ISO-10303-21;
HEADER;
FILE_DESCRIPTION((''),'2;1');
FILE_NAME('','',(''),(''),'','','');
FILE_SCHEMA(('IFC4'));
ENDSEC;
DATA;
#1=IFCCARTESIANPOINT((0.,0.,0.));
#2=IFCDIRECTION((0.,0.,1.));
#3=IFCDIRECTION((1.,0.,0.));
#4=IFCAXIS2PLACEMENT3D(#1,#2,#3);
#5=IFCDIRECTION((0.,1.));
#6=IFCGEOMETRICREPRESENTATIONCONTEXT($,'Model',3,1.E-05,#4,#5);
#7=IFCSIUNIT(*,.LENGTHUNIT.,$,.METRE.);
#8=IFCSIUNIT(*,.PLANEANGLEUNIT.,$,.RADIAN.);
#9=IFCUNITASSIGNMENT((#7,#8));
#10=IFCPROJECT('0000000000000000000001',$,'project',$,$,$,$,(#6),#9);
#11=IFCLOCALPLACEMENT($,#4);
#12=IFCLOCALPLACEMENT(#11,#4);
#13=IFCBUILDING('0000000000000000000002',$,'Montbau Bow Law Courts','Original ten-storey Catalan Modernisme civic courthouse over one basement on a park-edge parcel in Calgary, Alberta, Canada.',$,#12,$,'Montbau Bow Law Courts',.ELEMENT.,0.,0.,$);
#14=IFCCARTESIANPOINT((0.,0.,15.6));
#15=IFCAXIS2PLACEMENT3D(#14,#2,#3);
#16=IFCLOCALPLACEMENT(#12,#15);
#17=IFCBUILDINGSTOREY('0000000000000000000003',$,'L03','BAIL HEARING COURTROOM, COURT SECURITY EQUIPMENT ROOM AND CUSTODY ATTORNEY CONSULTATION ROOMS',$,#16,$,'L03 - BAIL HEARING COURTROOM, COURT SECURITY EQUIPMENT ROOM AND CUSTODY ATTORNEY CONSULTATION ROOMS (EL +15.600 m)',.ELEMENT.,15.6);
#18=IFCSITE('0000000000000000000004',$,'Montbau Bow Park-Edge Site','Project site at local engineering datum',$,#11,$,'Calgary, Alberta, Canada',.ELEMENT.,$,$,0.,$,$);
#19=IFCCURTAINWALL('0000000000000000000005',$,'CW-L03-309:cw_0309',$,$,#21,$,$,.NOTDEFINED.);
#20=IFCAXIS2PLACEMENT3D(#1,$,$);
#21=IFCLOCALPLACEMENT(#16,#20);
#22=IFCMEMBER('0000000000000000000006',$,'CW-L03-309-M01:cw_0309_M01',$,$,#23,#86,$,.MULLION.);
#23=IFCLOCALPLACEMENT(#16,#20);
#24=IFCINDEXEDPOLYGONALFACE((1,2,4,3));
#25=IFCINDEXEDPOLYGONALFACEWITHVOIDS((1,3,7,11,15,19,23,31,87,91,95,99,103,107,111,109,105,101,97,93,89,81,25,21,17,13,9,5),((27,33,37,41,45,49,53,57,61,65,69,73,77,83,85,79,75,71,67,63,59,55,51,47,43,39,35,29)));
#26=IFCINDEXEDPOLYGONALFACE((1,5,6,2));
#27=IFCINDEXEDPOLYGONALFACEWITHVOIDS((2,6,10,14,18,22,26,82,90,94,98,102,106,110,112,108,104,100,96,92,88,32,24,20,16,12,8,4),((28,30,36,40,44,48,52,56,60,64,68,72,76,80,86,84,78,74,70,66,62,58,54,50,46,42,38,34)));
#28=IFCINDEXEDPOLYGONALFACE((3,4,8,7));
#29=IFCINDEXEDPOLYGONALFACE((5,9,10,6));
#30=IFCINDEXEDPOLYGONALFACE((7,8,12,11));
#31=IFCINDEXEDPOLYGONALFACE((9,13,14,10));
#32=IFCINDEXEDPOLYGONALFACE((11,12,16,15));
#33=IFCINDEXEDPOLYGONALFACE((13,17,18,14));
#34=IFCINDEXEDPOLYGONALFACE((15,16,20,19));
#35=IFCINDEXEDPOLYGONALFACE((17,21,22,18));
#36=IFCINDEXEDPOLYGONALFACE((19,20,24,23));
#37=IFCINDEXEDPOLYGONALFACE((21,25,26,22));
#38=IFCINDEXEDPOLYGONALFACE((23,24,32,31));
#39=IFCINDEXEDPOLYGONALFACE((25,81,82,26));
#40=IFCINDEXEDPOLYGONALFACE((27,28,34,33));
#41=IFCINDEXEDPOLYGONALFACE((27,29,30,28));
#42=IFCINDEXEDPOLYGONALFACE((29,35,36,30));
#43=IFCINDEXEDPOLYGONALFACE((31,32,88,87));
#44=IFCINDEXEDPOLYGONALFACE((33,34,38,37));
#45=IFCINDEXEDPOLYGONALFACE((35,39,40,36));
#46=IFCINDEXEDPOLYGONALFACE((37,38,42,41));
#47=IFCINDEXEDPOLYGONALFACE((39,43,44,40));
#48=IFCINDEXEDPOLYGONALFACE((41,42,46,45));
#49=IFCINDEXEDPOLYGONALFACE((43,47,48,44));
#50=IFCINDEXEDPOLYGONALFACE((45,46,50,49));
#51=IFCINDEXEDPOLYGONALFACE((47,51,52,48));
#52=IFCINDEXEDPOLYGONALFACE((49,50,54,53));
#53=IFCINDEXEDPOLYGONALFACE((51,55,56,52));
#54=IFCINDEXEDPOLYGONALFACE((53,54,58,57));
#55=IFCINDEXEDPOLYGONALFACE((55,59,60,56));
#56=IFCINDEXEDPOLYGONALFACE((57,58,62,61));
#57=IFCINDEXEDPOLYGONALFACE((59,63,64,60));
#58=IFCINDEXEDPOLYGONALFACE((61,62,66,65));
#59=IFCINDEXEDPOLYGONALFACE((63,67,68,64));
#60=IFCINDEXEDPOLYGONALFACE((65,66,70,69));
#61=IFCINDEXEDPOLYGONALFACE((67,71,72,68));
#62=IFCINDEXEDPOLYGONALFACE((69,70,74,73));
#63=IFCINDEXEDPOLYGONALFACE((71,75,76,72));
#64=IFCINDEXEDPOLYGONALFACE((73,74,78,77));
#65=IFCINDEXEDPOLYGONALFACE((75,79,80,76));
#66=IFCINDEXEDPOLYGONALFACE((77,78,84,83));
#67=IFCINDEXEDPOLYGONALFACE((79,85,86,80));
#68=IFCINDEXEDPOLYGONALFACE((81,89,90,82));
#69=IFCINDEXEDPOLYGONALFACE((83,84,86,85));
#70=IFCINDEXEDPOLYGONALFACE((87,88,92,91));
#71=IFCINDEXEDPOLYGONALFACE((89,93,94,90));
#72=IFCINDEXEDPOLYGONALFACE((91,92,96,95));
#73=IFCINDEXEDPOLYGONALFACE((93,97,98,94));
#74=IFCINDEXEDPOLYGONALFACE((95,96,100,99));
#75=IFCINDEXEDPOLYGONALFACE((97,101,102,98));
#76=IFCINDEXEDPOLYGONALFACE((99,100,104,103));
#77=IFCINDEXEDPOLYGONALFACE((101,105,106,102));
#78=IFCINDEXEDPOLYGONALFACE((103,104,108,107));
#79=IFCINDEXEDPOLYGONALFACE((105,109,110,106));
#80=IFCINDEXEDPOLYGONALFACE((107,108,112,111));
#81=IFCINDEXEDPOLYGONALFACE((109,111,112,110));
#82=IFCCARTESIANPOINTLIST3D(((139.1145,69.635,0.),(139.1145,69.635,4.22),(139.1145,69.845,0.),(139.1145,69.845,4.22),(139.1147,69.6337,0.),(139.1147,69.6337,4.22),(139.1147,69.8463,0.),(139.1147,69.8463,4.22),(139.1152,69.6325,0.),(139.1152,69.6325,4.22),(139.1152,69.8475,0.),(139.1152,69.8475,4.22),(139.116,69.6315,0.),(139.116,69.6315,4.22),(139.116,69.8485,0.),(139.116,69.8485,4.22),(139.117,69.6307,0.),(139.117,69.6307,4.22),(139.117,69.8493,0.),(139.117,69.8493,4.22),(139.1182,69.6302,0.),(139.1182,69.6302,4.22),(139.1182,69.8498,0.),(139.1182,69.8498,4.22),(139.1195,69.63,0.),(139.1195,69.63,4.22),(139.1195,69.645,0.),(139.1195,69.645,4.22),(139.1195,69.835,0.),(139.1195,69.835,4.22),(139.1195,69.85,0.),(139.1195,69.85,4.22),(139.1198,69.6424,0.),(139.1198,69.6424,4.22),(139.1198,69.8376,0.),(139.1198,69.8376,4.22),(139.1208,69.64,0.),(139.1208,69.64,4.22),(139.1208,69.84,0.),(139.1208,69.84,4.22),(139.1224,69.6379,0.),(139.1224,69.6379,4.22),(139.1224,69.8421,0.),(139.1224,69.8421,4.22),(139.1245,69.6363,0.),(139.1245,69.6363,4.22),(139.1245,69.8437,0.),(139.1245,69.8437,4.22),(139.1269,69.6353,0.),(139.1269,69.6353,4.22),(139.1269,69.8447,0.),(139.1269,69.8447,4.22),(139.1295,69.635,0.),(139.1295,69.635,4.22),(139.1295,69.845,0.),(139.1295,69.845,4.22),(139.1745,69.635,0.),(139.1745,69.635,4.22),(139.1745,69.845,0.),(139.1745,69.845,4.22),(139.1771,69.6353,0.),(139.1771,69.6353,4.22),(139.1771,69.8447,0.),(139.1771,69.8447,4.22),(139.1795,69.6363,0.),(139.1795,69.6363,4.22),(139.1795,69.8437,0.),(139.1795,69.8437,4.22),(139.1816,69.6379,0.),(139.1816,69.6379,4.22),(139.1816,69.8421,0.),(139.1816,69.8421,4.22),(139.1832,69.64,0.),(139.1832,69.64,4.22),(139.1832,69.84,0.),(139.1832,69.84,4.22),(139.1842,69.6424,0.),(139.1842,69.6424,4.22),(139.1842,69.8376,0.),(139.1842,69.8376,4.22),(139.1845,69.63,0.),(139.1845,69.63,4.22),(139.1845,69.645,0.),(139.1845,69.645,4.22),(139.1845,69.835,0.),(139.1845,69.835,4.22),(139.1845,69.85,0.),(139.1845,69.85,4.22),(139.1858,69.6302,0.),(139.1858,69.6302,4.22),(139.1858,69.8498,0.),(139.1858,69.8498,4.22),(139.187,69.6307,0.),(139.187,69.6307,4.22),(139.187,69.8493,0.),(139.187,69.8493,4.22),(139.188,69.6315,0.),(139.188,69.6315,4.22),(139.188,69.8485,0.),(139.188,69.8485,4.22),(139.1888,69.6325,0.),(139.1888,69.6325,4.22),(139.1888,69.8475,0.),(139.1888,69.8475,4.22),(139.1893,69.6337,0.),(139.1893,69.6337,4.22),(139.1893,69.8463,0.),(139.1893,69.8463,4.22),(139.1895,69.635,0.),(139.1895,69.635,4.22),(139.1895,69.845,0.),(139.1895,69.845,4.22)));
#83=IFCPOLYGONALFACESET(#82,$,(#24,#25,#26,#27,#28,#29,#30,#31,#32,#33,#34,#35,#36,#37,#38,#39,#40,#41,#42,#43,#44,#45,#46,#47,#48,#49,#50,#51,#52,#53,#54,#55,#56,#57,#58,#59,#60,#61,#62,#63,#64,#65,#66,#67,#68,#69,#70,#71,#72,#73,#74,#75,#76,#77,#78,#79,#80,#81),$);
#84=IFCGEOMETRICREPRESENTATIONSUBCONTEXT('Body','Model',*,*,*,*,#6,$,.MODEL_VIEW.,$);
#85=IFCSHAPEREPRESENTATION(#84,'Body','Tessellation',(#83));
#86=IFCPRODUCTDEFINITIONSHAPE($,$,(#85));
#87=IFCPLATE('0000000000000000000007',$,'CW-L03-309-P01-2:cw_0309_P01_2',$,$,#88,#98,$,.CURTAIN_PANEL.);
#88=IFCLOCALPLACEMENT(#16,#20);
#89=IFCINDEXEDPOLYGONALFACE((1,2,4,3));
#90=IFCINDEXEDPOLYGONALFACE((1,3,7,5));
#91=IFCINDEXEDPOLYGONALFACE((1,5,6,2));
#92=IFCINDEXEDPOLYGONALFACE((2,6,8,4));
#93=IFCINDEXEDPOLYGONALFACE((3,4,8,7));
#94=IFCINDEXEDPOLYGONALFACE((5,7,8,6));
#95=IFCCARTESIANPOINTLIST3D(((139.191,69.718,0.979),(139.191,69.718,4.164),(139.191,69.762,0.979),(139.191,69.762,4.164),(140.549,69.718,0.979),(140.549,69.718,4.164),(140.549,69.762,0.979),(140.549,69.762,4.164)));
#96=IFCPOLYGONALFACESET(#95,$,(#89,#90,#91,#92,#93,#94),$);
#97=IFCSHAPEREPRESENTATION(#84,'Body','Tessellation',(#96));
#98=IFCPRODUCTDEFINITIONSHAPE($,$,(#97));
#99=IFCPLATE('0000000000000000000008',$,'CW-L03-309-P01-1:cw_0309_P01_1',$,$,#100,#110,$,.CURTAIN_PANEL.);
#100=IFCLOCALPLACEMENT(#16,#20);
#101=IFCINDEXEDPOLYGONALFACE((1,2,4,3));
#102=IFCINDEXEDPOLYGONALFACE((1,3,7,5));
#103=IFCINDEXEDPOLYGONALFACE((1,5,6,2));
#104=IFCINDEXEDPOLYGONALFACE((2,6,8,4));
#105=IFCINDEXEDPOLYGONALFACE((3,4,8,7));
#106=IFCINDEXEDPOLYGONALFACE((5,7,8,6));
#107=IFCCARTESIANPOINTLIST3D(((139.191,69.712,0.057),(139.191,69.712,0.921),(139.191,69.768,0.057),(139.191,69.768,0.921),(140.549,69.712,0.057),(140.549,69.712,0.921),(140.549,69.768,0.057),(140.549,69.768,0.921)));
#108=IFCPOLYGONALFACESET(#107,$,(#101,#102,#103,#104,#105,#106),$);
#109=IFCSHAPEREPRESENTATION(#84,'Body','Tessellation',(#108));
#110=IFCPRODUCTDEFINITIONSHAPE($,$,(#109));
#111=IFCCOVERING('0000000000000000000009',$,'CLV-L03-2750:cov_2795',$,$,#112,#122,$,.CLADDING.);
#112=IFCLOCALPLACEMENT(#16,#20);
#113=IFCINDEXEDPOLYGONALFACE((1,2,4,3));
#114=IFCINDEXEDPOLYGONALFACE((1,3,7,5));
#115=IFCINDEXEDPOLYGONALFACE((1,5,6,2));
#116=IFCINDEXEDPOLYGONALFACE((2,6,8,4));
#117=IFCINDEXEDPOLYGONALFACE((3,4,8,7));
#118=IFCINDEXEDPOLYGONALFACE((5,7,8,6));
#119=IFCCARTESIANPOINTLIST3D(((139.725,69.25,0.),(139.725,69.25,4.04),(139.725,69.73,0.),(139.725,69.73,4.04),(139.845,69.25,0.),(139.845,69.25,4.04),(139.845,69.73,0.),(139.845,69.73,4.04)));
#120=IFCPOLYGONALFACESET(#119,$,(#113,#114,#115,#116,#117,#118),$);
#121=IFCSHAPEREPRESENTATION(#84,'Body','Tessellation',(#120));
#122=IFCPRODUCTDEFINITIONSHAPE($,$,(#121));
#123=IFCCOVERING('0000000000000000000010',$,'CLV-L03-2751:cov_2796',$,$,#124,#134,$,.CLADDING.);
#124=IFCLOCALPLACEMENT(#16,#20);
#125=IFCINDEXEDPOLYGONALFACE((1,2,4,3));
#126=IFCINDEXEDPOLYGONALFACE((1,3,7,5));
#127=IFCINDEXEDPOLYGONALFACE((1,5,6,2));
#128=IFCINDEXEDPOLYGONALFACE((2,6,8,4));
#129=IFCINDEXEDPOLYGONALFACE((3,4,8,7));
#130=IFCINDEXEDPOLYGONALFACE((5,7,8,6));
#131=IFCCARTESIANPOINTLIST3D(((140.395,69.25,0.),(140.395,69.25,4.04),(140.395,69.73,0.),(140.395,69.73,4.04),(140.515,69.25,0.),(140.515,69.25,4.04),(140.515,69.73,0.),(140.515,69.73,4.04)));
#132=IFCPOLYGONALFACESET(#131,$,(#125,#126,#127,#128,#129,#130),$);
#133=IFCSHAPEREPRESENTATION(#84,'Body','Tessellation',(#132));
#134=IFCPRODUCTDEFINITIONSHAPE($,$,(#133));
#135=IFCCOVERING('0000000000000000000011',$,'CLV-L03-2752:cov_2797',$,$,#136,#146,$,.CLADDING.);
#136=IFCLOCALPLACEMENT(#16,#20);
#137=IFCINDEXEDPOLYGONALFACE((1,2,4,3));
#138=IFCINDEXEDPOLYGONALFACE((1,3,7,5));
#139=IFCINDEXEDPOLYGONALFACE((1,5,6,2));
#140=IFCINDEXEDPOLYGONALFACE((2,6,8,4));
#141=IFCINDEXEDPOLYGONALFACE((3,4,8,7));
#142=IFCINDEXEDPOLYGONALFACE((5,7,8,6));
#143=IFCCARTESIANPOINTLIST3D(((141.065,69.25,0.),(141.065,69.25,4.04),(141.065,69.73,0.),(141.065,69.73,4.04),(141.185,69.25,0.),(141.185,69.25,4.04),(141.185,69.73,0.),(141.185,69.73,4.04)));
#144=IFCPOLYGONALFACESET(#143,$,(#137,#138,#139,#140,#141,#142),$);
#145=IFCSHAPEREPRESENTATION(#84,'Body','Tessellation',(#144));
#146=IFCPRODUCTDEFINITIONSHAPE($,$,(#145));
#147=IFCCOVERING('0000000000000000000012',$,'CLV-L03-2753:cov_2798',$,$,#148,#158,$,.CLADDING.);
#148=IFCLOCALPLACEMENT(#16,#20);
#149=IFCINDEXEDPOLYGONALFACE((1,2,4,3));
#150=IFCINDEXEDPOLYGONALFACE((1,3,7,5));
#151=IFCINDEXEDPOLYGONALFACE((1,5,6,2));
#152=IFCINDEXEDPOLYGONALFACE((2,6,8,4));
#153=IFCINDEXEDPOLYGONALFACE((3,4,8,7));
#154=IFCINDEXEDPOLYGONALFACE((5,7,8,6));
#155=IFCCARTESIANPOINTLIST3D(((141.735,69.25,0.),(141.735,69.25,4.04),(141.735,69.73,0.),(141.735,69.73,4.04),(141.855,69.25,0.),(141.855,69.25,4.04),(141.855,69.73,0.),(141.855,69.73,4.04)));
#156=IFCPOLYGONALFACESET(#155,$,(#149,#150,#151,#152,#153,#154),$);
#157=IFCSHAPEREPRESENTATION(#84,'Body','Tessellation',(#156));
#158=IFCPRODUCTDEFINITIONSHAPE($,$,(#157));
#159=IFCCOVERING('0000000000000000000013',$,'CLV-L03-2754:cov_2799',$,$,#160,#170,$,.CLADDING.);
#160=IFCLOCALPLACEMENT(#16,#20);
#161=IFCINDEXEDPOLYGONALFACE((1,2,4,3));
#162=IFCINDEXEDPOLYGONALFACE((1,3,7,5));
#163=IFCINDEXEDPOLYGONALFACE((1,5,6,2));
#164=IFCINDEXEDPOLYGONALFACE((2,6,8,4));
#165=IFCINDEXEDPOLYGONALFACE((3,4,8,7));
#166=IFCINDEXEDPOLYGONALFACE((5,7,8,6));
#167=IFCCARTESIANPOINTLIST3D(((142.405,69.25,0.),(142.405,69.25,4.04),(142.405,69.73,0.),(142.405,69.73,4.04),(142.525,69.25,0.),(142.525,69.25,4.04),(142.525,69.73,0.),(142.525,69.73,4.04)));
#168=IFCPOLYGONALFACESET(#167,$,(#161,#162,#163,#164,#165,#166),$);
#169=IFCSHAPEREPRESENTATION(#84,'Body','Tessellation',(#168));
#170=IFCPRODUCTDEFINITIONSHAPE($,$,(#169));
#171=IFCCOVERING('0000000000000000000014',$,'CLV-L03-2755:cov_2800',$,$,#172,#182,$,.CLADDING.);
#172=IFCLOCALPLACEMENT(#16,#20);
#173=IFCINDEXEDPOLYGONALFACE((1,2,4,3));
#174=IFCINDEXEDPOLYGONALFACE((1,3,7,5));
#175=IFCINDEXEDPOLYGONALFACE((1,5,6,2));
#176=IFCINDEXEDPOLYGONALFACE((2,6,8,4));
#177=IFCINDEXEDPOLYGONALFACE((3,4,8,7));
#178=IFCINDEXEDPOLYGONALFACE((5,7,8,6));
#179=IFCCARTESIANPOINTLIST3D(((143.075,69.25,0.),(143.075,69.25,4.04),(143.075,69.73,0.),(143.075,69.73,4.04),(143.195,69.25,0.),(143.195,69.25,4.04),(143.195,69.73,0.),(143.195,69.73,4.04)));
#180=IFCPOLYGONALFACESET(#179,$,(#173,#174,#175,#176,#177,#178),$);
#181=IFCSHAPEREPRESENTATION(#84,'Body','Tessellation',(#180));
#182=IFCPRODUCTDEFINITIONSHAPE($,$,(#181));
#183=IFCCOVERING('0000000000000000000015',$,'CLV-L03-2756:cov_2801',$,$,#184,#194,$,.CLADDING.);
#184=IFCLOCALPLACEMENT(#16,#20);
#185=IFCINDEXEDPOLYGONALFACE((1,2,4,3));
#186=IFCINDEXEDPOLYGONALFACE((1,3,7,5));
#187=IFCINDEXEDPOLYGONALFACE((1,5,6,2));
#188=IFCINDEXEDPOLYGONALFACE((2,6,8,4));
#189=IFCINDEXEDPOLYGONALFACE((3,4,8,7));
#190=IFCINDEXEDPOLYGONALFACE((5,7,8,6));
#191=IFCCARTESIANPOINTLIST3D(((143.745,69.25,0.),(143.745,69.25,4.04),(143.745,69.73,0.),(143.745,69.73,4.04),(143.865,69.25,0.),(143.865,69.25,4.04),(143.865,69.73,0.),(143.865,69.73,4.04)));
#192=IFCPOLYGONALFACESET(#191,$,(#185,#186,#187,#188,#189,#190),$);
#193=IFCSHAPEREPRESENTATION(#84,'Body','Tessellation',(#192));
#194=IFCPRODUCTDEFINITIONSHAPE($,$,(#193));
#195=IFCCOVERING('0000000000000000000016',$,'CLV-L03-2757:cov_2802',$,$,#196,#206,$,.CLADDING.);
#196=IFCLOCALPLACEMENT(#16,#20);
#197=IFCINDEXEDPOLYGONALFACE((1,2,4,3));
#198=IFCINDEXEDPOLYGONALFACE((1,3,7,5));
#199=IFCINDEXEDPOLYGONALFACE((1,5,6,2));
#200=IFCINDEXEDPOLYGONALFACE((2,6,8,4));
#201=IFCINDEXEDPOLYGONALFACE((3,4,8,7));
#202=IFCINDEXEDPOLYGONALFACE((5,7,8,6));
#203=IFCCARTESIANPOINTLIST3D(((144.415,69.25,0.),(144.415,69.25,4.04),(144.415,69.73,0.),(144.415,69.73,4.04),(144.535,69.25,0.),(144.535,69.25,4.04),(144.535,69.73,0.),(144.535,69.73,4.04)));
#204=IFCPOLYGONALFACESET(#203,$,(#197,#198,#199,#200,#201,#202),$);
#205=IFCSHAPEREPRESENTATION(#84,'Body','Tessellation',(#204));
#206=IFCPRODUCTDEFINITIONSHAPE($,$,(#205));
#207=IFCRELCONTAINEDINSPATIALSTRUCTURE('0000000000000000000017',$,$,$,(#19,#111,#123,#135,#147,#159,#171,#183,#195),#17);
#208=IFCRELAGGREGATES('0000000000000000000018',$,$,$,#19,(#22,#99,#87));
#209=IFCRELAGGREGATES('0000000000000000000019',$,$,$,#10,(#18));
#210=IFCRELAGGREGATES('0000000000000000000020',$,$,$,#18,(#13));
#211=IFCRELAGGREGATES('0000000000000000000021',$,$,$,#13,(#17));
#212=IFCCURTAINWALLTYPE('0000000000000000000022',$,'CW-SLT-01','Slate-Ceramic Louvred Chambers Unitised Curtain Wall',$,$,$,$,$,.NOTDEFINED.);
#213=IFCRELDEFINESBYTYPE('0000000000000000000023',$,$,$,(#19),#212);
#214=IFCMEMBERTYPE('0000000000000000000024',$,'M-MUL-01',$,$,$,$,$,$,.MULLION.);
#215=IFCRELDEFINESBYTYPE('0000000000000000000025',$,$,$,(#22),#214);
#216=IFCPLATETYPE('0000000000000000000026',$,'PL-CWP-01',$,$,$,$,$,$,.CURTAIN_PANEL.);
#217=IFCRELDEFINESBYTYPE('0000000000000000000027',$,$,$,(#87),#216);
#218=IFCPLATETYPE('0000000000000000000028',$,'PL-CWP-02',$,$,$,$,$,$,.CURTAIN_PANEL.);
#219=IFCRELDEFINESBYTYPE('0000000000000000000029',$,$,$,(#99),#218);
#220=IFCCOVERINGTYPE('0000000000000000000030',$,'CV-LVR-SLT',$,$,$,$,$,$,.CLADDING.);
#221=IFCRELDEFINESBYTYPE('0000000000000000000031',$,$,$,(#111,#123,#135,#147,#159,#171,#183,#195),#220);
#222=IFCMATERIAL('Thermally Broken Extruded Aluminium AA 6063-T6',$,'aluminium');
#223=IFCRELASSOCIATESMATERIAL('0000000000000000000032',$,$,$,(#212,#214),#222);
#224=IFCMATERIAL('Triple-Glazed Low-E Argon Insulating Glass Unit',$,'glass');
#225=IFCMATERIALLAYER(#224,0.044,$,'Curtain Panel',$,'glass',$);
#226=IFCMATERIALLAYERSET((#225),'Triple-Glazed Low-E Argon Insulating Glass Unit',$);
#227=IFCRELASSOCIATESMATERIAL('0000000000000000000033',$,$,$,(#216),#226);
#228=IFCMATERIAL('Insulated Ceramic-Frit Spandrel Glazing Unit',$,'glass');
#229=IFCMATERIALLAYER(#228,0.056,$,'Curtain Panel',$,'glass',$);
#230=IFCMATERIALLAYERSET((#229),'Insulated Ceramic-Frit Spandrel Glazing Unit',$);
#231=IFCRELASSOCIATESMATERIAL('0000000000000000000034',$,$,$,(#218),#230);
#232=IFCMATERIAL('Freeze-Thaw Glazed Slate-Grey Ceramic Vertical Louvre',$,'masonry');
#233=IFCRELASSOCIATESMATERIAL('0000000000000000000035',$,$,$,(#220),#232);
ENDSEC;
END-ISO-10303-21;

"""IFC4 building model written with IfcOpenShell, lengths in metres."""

from ifc_helpers import new_model, si_unit, direction, frame, frame_2d, origin_with_axes, origin_2d_with_axis, place, context, subcontext, project, spatial, rectangle, hollow_rectangle, extrude, material, layer, layer_set, material_profile, profile_set, type_object, element, aggregate, save


model = new_model("IFC4")

# Units and contexts
model_context = context("Model", 3, precision=1e-05, world=origin_with_axes(), true_north=direction((0.0, 1.0)))
body_context = subcontext(model_context, "Body", "Model", "MODEL_VIEW")
ifc_project = project(units=[si_unit("LENGTHUNIT", "METRE"), si_unit("PLANEANGLEUNIT", "RADIAN")], contexts=[model_context])

# Site, building, storey
site_placement = place(None, origin_with_axes())
site = spatial("IfcSite", under=ifc_project, at=site_placement, Name="Montbau Bow Park-Edge Site", Description="Project site at local engineering datum", LongName="Calgary, Alberta, Canada", CompositionType="ELEMENT", RefElevation=0.0)
building_placement = place(site_placement, origin_with_axes())
building = spatial("IfcBuilding", under=site, at=building_placement, Name="Montbau Bow Law Courts", Description="Original ten-storey Catalan Modernisme civic courthouse over one basement on a park-edge parcel in Calgary, Alberta, Canada.", LongName="Montbau Bow Law Courts", CompositionType="ELEMENT", ElevationOfRefHeight=0.0, ElevationOfTerrain=0.0)
storey_placement = place(building_placement, frame((0.0, 0.0, 15.6), z_axis=(0.0, 0.0, 1.0), x_axis=(1.0, 0.0, 0.0)))
storey = spatial("IfcBuildingStorey", under=building, at=storey_placement, Name="L03", Description="BAIL HEARING COURTROOM, COURT SECURITY EQUIPMENT ROOM AND CUSTODY ATTORNEY CONSULTATION ROOMS", LongName="L03 - BAIL HEARING COURTROOM, COURT SECURITY EQUIPMENT ROOM AND CUSTODY ATTORNEY CONSULTATION ROOMS (EL +15.600 m)", CompositionType="ELEMENT", Elevation=15.6)

# Curtain wall, member, plates
ifc_material_1 = material(Name="Thermally Broken Extruded Aluminium AA 6063-T6", Category="aluminium")
curtain_wall_type = type_object("IfcCurtainWallType", Name="CW-SLT-01", Description="Slate-Ceramic Louvred Chambers Unitised Curtain Wall", PredefinedType="NOTDEFINED", material=ifc_material_1)
curtain_wall_placement = place(None, frame((139.115, 69.74, 15.6), z_axis=(0.0, 0.0, 1.0), x_axis=(1.0, 0.0, 0.0)))
curtain_wall = element("IfcCurtainWall", 1, at=curtain_wall_placement, inside=storey, type_object=curtain_wall_type, Name="CW-L03-309:cw_0309", PredefinedType="NOTDEFINED")
ifc_material_profile_1 = material_profile(ifc_material_1, hollow_rectangle(XDim=0.075, YDim=0.22, WallThickness=0.005, InnerFilletRadius=0.01, OuterFilletRadius=0.005, at=origin_2d_with_axis()), Name="CWM-220X75", Category="Main", Priority=0)
ifc_profile_set_1 = profile_set([ifc_material_profile_1], Name="Thermally Broken Extruded Aluminium AA 6063-T6")
member_type = type_object("IfcMemberType", Name="M-MUL-01", PredefinedType="MULLION", material=ifc_profile_set_1)
member_placement = place(None, frame((139.152, 69.74, 15.6), z_axis=(0.0, 0.0, 1.0), x_axis=(1.0, 0.0, 0.0)))
member = element("IfcMember", 2, at=member_placement, type_object=member_type, Name="CW-L03-309-M01:cw_0309_M01", PredefinedType="MULLION", context=body_context, shape_type="SweptSolid", body=[
    extrude(hollow_rectangle(XDim=0.075, YDim=0.22, WallThickness=0.005, InnerFilletRadius=0.01, OuterFilletRadius=0.005, at=origin_2d_with_axis()), origin_with_axes(), (0.0, 0.0, 1.0), 4.22),
])
ifc_material_2 = material(Name="Triple-Glazed Low-E Argon Insulating Glass Unit", Category="glass")
ifc_layer_1 = layer(ifc_material_2, 0.044, Name="Curtain Panel", Category="glass")
ifc_layer_set_1 = layer_set([ifc_layer_1], Name="Triple-Glazed Low-E Argon Insulating Glass Unit")
plate_type_1 = type_object("IfcPlateType", Name="PL-CWP-01", PredefinedType="CURTAIN_PANEL", material=ifc_layer_set_1)
plate_1_placement = place(None, frame((139.191, 69.74, 16.579), z_axis=(0.0, -1.0, 0.0), x_axis=(1.0, 0.0, 0.0)))
plate_1 = element("IfcPlate", 3, at=plate_1_placement, type_object=plate_type_1, Name="CW-L03-309-P01-2:cw_0309_P01_2", PredefinedType="CURTAIN_PANEL", context=body_context, shape_type="SweptSolid", body=[
    extrude(rectangle(XDim=1.358, YDim=3.185, at=frame_2d((0.679, 1.5925), x_axis=(1.0, 0.0))), frame((0.0, 0.0, -0.022), z_axis=(0.0, 0.0, 1.0), x_axis=(1.0, 0.0, 0.0)), (0.0, 0.0, 1.0), 0.044),
])
ifc_material_3 = material(Name="Insulated Ceramic-Frit Spandrel Glazing Unit", Category="glass")
ifc_layer_2 = layer(ifc_material_3, 0.056, Name="Curtain Panel", Category="glass")
ifc_layer_set_2 = layer_set([ifc_layer_2], Name="Insulated Ceramic-Frit Spandrel Glazing Unit")
plate_type_2 = type_object("IfcPlateType", Name="PL-CWP-02", PredefinedType="CURTAIN_PANEL", material=ifc_layer_set_2)
plate_2_placement = place(None, frame((139.191, 69.74, 15.657), z_axis=(0.0, -1.0, 0.0), x_axis=(1.0, 0.0, 0.0)))
plate_2 = element("IfcPlate", 4, at=plate_2_placement, type_object=plate_type_2, Name="CW-L03-309-P01-1:cw_0309_P01_1", PredefinedType="CURTAIN_PANEL", context=body_context, shape_type="SweptSolid", body=[
    extrude(rectangle(XDim=1.358, YDim=0.864, at=frame_2d((0.679, 0.432), x_axis=(1.0, 0.0))), frame((0.0, 0.0, -0.028), z_axis=(0.0, 0.0, 1.0), x_axis=(1.0, 0.0, 0.0)), (0.0, 0.0, 1.0), 0.056),
])
aggregate(curtain_wall, [member, plate_2, plate_1])

# Coverings
ifc_material_4 = material(Name="Freeze-Thaw Glazed Slate-Grey Ceramic Vertical Louvre", Category="masonry")
covering_type = type_object("IfcCoveringType", Name="CV-LVR-SLT", PredefinedType="CLADDING", material=ifc_material_4)
for number, where, z_axis, x_axis, name in (
    (5, (139.785, 69.73, 15.6), (-1.0, 0.0, 0.0), (0.0, -1.0, 0.0), "CLV-L03-2750:cov_2795"),
    (6, (140.455, 69.73, 15.6), (-1.0, 0.0, 0.0), (0.0, -1.0, 0.0), "CLV-L03-2751:cov_2796"),
    (7, (141.125, 69.73, 15.6), (-1.0, 0.0, 0.0), (0.0, -1.0, 0.0), "CLV-L03-2752:cov_2797"),
    (8, (141.795, 69.73, 15.6), (-1.0, 0.0, 0.0), (0.0, -1.0, 0.0), "CLV-L03-2753:cov_2798"),
    (9, (142.465, 69.73, 15.6), (-1.0, 0.0, 0.0), (0.0, -1.0, 0.0), "CLV-L03-2754:cov_2799"),
    (10, (143.135, 69.73, 15.6), (-1.0, 0.0, 0.0), (0.0, -1.0, 0.0), "CLV-L03-2755:cov_2800"),
    (11, (143.805, 69.73, 15.6), (-1.0, 0.0, 0.0), (0.0, -1.0, 0.0), "CLV-L03-2756:cov_2801"),
    (12, (144.475, 69.73, 15.6), (-1.0, 0.0, 0.0), (0.0, -1.0, 0.0), "CLV-L03-2757:cov_2802"),
):
    element("IfcCovering", number, at=place(None, frame(where, z_axis=z_axis, x_axis=x_axis)), inside=storey, type_object=covering_type, Name=name, PredefinedType="CLADDING", context=body_context, shape_type="SweptSolid", body=[
        extrude(rectangle(XDim=0.48, YDim=4.04, at=frame_2d((0.24, 2.02), x_axis=(1.0, 0.0))), frame((0.0, 0.0, -0.06), z_axis=(0.0, 0.0, 1.0), x_axis=(1.0, 0.0, 0.0)), (0.0, 0.0, 1.0), 0.12),
    ])

save(model, "model.ifc")
